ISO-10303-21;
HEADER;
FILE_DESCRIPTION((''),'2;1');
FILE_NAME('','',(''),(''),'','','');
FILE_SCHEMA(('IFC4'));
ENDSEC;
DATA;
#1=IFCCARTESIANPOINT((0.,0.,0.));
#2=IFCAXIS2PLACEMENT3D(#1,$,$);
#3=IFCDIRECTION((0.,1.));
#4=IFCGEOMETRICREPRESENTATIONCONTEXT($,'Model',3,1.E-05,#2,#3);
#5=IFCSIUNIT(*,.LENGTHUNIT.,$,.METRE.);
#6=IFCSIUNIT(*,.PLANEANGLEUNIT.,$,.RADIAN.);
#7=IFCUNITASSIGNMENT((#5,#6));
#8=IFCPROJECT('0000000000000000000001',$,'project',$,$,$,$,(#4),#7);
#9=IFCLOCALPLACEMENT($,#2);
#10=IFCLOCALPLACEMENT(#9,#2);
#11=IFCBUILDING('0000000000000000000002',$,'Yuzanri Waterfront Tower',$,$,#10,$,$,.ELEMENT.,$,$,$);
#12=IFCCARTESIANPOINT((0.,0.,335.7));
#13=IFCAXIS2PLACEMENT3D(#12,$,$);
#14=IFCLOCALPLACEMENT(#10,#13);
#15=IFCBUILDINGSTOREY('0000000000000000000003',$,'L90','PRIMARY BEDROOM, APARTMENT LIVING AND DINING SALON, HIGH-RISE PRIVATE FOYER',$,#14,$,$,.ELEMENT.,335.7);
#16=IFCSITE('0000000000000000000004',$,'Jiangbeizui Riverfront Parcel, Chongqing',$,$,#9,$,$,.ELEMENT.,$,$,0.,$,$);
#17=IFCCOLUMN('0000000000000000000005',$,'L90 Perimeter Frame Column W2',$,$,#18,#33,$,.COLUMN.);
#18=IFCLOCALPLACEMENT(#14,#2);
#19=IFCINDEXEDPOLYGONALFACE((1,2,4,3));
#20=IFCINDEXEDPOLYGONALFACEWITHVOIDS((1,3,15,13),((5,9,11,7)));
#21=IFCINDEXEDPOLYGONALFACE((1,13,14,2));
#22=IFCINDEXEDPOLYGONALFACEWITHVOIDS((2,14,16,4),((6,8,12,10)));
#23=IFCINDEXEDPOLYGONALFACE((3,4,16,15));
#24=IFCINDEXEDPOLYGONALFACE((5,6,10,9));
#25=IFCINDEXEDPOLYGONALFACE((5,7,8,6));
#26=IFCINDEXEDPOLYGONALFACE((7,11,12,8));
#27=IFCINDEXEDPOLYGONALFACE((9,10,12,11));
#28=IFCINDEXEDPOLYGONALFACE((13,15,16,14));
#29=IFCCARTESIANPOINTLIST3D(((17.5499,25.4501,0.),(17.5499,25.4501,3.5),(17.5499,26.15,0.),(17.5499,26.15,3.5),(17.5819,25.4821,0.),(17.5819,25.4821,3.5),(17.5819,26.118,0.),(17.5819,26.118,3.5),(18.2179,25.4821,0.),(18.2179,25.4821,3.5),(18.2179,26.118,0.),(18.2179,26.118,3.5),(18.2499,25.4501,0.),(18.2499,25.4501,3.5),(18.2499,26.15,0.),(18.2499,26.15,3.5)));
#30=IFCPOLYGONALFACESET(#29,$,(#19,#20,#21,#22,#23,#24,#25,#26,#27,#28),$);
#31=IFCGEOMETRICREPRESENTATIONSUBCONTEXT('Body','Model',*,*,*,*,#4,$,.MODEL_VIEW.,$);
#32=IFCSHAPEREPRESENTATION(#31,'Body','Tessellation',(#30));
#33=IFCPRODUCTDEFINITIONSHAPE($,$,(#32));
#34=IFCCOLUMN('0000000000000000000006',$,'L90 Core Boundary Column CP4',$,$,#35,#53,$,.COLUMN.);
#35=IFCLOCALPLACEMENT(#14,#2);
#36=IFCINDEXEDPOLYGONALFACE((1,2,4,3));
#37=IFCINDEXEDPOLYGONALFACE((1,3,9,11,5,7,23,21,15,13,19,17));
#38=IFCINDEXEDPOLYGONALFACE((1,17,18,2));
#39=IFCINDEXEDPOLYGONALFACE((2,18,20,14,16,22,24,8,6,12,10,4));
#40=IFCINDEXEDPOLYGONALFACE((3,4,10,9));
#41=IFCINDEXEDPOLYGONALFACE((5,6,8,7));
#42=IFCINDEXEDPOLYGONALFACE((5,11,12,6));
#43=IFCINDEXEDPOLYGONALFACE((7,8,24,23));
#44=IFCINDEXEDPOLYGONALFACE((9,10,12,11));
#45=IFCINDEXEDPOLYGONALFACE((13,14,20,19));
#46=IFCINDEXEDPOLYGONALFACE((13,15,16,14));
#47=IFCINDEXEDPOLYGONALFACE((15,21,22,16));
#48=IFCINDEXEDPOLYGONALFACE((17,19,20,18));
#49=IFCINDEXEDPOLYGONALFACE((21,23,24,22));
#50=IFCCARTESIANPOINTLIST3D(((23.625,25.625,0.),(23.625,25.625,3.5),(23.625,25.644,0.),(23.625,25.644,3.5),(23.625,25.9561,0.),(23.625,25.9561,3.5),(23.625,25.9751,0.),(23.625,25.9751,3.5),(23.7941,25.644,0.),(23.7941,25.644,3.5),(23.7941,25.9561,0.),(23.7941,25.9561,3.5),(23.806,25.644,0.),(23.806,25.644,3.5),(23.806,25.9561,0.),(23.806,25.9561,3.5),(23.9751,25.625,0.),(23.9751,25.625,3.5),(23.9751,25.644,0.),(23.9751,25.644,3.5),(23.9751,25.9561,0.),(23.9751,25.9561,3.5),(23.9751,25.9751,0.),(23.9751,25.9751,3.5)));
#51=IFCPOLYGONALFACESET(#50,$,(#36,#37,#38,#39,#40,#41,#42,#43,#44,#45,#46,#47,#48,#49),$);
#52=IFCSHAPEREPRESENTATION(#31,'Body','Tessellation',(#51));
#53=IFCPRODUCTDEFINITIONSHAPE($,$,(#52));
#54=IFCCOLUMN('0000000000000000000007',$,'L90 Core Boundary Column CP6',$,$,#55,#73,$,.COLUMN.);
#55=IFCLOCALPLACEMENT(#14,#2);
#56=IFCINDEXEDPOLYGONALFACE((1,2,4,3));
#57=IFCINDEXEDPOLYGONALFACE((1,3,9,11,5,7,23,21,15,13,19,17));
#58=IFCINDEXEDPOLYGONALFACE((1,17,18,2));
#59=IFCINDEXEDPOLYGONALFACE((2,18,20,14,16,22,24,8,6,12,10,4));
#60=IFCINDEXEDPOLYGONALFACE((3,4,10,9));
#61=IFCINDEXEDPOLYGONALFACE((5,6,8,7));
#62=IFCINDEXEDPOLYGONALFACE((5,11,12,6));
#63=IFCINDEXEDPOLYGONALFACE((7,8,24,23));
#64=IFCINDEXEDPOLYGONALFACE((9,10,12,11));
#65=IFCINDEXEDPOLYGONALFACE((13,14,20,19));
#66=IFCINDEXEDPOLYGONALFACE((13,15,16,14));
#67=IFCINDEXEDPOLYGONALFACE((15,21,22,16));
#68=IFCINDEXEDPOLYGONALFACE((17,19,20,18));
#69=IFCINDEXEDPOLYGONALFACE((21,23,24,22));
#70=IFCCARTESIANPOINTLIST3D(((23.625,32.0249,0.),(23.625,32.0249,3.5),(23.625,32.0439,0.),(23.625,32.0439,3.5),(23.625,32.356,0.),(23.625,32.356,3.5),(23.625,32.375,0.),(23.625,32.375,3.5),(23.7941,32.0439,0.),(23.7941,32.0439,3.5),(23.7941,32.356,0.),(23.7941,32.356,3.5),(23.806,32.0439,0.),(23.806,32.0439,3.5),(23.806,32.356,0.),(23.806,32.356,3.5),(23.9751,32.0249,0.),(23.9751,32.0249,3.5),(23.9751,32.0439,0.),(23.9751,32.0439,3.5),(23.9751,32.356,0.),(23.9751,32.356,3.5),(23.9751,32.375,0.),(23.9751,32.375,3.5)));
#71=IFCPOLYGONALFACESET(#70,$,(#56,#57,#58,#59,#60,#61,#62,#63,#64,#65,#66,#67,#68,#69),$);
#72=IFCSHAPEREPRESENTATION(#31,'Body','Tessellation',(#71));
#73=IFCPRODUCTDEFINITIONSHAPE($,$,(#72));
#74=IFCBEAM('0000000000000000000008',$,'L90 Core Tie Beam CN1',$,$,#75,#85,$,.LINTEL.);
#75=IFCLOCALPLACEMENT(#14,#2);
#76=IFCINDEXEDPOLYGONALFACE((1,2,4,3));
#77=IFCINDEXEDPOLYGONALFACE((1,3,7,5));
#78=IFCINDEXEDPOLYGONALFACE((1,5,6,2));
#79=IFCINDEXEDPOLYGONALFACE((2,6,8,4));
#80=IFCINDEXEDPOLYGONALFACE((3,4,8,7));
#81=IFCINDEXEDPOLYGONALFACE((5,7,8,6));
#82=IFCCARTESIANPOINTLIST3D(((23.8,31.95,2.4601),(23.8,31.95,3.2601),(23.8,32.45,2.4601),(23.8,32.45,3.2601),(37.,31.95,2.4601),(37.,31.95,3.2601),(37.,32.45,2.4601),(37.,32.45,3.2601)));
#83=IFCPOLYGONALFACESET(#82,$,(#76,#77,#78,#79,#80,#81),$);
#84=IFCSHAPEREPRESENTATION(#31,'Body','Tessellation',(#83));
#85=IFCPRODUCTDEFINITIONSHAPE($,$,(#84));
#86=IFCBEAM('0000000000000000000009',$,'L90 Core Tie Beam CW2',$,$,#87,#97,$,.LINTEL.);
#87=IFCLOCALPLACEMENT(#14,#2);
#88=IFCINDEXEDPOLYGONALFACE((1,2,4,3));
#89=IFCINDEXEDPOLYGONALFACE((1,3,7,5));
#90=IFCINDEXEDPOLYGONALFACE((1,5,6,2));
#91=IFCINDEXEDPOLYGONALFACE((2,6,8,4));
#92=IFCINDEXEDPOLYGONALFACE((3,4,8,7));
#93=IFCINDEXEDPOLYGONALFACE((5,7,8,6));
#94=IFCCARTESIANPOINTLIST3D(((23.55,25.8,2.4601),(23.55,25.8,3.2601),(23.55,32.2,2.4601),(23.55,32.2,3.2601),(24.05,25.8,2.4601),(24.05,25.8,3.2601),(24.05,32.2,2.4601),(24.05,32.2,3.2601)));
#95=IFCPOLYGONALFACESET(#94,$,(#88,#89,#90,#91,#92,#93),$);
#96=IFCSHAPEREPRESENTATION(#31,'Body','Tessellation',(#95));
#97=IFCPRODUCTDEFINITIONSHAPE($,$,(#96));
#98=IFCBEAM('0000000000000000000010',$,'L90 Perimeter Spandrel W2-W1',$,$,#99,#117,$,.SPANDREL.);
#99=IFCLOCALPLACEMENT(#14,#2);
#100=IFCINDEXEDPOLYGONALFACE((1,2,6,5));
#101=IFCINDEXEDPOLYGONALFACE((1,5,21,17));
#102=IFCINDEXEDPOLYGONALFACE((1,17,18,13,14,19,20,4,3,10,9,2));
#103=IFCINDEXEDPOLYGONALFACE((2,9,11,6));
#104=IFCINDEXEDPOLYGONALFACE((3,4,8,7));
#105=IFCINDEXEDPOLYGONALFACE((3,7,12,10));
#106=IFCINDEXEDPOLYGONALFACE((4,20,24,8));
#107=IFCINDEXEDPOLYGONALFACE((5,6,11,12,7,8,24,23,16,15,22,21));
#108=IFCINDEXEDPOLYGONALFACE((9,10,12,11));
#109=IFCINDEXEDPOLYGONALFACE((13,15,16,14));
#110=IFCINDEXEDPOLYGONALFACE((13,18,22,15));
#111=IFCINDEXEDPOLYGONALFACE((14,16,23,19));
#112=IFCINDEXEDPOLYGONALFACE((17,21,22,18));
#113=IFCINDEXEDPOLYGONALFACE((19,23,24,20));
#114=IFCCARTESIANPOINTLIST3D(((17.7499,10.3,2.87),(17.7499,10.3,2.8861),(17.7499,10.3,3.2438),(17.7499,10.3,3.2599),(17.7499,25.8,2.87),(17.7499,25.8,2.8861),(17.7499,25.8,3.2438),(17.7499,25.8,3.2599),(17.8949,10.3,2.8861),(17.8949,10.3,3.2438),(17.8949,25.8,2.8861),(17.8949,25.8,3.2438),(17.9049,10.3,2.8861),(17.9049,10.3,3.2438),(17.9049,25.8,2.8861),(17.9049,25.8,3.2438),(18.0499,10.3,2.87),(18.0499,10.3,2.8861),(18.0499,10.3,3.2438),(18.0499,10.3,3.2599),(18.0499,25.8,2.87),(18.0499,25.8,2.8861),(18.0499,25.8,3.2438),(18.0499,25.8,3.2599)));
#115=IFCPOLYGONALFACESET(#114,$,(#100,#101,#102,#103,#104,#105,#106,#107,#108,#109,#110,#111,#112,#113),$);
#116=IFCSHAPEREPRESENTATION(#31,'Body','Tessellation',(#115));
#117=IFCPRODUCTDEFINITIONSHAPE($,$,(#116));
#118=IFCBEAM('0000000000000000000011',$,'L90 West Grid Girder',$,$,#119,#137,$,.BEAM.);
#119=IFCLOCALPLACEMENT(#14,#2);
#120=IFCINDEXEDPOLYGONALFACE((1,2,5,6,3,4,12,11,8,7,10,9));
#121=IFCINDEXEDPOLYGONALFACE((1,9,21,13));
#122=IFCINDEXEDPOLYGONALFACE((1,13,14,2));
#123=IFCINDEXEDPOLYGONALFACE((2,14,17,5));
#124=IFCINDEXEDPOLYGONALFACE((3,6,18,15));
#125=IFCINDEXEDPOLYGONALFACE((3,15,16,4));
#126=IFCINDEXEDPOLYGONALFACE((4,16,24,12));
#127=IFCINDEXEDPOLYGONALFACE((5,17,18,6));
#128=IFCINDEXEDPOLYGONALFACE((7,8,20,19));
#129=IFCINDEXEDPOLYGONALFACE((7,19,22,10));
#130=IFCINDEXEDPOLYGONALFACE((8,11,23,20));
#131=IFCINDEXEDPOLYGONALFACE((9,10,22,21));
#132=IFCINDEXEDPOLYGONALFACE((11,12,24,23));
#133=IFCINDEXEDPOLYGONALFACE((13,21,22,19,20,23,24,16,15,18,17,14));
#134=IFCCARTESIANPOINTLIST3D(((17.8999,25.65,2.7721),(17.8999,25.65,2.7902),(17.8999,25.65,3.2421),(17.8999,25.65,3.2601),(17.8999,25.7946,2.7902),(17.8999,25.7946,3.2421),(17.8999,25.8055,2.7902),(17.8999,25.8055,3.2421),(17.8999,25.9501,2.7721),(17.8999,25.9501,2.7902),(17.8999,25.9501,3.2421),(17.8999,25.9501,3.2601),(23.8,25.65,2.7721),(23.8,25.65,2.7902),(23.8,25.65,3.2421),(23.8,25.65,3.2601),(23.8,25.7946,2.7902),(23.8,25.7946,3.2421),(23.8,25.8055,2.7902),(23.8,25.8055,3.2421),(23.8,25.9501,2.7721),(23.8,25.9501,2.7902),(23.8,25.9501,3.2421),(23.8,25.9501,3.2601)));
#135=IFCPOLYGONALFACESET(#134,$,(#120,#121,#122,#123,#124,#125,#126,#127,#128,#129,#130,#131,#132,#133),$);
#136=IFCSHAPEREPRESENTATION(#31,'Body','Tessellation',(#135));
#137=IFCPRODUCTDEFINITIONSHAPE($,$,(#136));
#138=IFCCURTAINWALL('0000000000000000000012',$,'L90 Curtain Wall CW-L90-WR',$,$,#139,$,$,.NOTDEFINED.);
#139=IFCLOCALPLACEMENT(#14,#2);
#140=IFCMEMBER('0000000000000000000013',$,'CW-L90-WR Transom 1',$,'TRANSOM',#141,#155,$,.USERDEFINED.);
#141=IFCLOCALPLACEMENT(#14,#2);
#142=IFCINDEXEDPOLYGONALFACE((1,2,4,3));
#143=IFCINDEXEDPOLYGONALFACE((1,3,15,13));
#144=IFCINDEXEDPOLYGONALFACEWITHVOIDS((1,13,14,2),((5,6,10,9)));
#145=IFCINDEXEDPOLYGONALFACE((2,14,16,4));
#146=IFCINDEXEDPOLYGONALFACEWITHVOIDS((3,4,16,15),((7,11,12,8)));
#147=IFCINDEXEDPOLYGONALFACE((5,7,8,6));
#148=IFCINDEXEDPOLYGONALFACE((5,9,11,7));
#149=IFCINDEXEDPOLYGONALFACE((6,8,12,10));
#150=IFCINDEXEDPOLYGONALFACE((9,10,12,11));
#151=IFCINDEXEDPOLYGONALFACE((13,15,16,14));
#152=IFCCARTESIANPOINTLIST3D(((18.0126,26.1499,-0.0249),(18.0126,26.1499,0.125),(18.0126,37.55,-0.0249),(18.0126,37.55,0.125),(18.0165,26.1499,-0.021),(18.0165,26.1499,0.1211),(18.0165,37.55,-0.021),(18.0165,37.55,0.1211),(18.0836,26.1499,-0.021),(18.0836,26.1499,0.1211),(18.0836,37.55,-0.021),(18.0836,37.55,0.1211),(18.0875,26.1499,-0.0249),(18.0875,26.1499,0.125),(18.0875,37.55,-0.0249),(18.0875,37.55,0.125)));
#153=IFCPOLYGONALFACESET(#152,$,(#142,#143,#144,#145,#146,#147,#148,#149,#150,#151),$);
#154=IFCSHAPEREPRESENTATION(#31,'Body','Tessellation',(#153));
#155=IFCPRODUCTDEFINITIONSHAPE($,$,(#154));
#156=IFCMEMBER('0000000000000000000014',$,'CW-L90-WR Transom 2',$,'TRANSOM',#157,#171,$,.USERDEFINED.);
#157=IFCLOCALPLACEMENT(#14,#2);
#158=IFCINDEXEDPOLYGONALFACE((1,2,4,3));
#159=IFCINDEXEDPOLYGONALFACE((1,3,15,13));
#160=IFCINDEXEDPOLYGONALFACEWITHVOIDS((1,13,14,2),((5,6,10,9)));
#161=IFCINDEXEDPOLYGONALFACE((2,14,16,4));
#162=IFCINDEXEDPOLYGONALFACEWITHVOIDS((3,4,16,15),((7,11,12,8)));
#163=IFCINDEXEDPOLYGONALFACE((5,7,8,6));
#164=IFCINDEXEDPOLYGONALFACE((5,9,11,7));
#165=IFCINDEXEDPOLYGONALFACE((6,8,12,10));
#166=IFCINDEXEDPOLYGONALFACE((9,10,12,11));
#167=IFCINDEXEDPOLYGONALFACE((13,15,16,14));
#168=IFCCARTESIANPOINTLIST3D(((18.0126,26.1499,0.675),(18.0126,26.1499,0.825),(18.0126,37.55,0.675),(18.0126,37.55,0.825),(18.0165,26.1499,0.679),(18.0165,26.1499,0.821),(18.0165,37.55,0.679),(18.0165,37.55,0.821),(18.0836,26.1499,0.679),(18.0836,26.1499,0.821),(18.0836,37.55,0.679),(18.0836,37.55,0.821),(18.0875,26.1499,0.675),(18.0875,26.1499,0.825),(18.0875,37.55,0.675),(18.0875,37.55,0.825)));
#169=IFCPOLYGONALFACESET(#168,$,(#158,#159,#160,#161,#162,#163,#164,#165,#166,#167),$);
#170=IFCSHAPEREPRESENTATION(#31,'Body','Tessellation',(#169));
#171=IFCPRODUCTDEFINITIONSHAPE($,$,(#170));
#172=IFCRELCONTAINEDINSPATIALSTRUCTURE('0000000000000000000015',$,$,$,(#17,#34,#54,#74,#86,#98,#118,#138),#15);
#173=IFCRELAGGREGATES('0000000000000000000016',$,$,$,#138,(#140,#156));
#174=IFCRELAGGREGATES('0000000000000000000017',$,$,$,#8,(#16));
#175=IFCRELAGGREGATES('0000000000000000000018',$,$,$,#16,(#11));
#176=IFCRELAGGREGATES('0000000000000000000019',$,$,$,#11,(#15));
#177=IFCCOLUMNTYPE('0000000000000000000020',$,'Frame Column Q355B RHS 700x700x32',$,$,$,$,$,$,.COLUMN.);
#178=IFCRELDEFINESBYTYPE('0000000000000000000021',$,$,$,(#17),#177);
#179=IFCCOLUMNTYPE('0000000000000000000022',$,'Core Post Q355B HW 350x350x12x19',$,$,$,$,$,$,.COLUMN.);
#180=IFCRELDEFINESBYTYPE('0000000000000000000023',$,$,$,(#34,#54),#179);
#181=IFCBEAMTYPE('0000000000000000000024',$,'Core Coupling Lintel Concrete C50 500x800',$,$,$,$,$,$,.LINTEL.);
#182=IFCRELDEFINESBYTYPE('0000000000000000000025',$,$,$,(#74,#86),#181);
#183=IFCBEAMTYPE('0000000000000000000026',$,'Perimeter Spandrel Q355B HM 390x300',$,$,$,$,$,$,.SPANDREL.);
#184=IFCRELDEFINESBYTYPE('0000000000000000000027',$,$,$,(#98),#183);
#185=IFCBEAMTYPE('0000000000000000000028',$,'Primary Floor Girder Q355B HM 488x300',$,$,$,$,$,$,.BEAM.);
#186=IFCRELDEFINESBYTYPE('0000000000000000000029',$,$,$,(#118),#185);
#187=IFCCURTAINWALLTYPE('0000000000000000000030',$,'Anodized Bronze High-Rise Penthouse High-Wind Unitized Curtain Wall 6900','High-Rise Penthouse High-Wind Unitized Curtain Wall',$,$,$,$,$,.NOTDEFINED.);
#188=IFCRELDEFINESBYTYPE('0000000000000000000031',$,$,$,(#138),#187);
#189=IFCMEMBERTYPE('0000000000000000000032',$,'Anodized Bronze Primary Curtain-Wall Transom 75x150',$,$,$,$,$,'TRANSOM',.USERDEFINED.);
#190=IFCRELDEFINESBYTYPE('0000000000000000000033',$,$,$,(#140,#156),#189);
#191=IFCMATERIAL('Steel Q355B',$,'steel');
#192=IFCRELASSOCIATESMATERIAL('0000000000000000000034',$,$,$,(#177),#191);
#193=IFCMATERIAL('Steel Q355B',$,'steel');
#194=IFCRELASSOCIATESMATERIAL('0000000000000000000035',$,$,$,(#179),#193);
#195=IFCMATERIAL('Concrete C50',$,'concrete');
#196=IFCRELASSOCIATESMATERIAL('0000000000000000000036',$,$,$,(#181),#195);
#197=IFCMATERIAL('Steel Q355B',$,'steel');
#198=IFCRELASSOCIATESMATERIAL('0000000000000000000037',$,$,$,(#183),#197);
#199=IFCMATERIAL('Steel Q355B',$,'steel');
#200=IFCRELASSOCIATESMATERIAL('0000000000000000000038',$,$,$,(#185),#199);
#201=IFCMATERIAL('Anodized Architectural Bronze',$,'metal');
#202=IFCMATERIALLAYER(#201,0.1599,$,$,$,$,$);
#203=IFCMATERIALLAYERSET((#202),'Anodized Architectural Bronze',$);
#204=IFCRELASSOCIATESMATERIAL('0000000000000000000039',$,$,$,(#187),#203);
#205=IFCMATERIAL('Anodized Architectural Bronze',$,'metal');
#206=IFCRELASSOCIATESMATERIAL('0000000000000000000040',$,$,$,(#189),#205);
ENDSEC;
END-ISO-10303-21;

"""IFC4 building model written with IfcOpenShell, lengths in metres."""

from ifc_helpers import new_model, si_unit, direction, frame, origin, origin_2d, place, context, subcontext, project, spatial, rectangle, hollow_rectangle, i_section, extrude, source, transform, mapped, material, layer, layer_set, material_profile, profile_set, type_object, element, aggregate, save


model = new_model("IFC4")

# Units and contexts
model_context = context("Model", 3, precision=1e-05, world=origin(), true_north=direction((0.0, 1.0)))
body_context = subcontext(model_context, "Body", "Model", "MODEL_VIEW")
ifc_project = project(units=[si_unit("LENGTHUNIT", "METRE"), si_unit("PLANEANGLEUNIT", "RADIAN")], contexts=[model_context])

# Site, building, storey
site_placement = place(None, origin())
site = spatial("IfcSite", under=ifc_project, at=site_placement, Name="Jiangbeizui Riverfront Parcel, Chongqing", CompositionType="ELEMENT", RefElevation=0.0)
building_placement = place(site_placement, origin())
building = spatial("IfcBuilding", under=site, at=building_placement, Name="Yuzanri Waterfront Tower", CompositionType="ELEMENT")
storey_placement = place(building_placement, frame((0.0, 0.0, 335.7)))
storey = spatial("IfcBuildingStorey", under=building, at=storey_placement, Name="L90", Description="PRIMARY BEDROOM, APARTMENT LIVING AND DINING SALON, HIGH-RISE PRIVATE FOYER", CompositionType="ELEMENT", Elevation=335.7)

# Columns
ifc_material_1 = material(Name="Steel Q355B", Category="steel")
ifc_material_profile_1 = material_profile(ifc_material_1, hollow_rectangle(XDim=0.7, YDim=0.7, WallThickness=0.032, at=origin_2d()), Name="RHS 700x700x32")
ifc_profile_set_1 = profile_set([ifc_material_profile_1], Name="Steel Q355B")
column_type_1 = type_object("IfcColumnType", Name="Frame Column Q355B RHS 700x700x32", PredefinedType="COLUMN", material=ifc_profile_set_1)
shared_shape_1 = source(origin(), body_context, "Body", "SweptSolid", [
    extrude(hollow_rectangle(XDim=0.7, YDim=0.7, WallThickness=0.032, at=origin_2d()), origin(), (0.0, 0.0, 1.0), 3.5),
])
column_placement = place(storey_placement, frame((17.8999, 25.8, 0.0), z_axis=(0.0, 0.0, 1.0), x_axis=(1.0, 0.0, 0.0)))
element("IfcColumn", 1, at=column_placement, inside=storey, type_object=column_type_1, Name="L90 Perimeter Frame Column W2", PredefinedType="COLUMN", context=body_context, shape_type="MappedRepresentation", body=[
    mapped(shared_shape_1, transform((0.0, 0.0, 0.0), scale=1.0)),
])
ifc_material_2 = material(Name="Steel Q355B", Category="steel")
ifc_material_profile_2 = material_profile(ifc_material_2, i_section(OverallWidth=0.3501, OverallDepth=0.3501, WebThickness=0.012, FlangeThickness=0.019, at=origin_2d()), Name="HW 350x350x12x19")
ifc_profile_set_2 = profile_set([ifc_material_profile_2], Name="Steel Q355B")
column_type_2 = type_object("IfcColumnType", Name="Core Post Q355B HW 350x350x12x19", PredefinedType="COLUMN", material=ifc_profile_set_2)
shared_shape_2 = source(origin(), body_context, "Body", "SweptSolid", [
    extrude(i_section(OverallWidth=0.3501, OverallDepth=0.3501, WebThickness=0.012, FlangeThickness=0.019, at=origin_2d()), origin(), (0.0, 0.0, 1.0), 3.5),
])
for number, where, z_axis, x_axis, name in (
    (2, (23.8, 25.8, 0.0), (0.0, 0.0, 1.0), (1.0, 0.0, 0.0), "L90 Core Boundary Column CP4"),
    (3, (23.8, 32.2, 0.0), (0.0, 0.0, 1.0), (1.0, 0.0, 0.0), "L90 Core Boundary Column CP6"),
):
    element("IfcColumn", number, at=place(storey_placement, frame(where, z_axis=z_axis, x_axis=x_axis)), inside=storey, type_object=column_type_2, Name=name, PredefinedType="COLUMN", context=body_context, shape_type="MappedRepresentation", body=[
        mapped(shared_shape_2, transform((0.0, 0.0, 0.0), scale=1.0)),
    ])

# Beams
ifc_material_3 = material(Name="Concrete C50", Category="concrete")
ifc_material_profile_3 = material_profile(ifc_material_3, rectangle(XDim=0.5, YDim=0.8, at=origin_2d()), Name="RC 500x800")
ifc_profile_set_3 = profile_set([ifc_material_profile_3], Name="Concrete C50")
beam_type_1 = type_object("IfcBeamType", Name="Core Coupling Lintel Concrete C50 500x800", PredefinedType="LINTEL", material=ifc_profile_set_3)
shared_shape_3 = source(origin(), body_context, "Body", "SweptSolid", [
    extrude(rectangle(XDim=0.5, YDim=0.8, at=origin_2d()), origin(), (0.0, 0.0, 1.0), 13.2),
])
beam_1_placement = place(storey_placement, frame((23.8, 32.2, 2.8601), z_axis=(1.0, 0.0, 0.0), x_axis=(0.0, 1.0, 0.0)))
element("IfcBeam", 4, at=beam_1_placement, inside=storey, type_object=beam_type_1, Name="L90 Core Tie Beam CN1", PredefinedType="LINTEL", context=body_context, shape_type="MappedRepresentation", body=[
    mapped(shared_shape_3, transform((0.0, 0.0, 0.0), scale=1.0)),
])
shared_shape_4 = source(origin(), body_context, "Body", "SweptSolid", [
    extrude(rectangle(XDim=0.5, YDim=0.8, at=origin_2d()), origin(), (0.0, 0.0, 1.0), 6.3999),
])
beam_2_placement = place(storey_placement, frame((23.8, 25.8, 2.8601), z_axis=(0.0, 1.0, 0.0), x_axis=(-1.0, 0.0, 0.0)))
element("IfcBeam", 5, at=beam_2_placement, inside=storey, type_object=beam_type_1, Name="L90 Core Tie Beam CW2", PredefinedType="LINTEL", context=body_context, shape_type="MappedRepresentation", body=[
    mapped(shared_shape_4, transform((0.0, 0.0, 0.0), scale=1.0)),
])
ifc_material_4 = material(Name="Steel Q355B", Category="steel")
ifc_material_profile_4 = material_profile(ifc_material_4, i_section(OverallWidth=0.3, OverallDepth=0.3899, WebThickness=0.01, FlangeThickness=0.0161, at=origin_2d()), Name="HM 390x300x10x16")
ifc_profile_set_4 = profile_set([ifc_material_profile_4], Name="Steel Q355B")
beam_type_2 = type_object("IfcBeamType", Name="Perimeter Spandrel Q355B HM 390x300", PredefinedType="SPANDREL", material=ifc_profile_set_4)
shared_shape_5 = source(origin(), body_context, "Body", "SweptSolid", [
    extrude(i_section(OverallWidth=0.3, OverallDepth=0.3899, WebThickness=0.01, FlangeThickness=0.0161, at=origin_2d()), origin(), (0.0, 0.0, 1.0), 15.5),
])
beam_3_placement = place(storey_placement, frame((17.8999, 25.8, 3.0649), z_axis=(0.0, -1.0, 0.0), x_axis=(1.0, 0.0, 0.0)))
element("IfcBeam", 6, at=beam_3_placement, inside=storey, type_object=beam_type_2, Name="L90 Perimeter Spandrel W2-W1", PredefinedType="SPANDREL", context=body_context, shape_type="MappedRepresentation", body=[
    mapped(shared_shape_5, transform((0.0, 0.0, 0.0), scale=1.0)),
])
ifc_material_5 = material(Name="Steel Q355B", Category="steel")
ifc_material_profile_5 = material_profile(ifc_material_5, i_section(OverallWidth=0.3, OverallDepth=0.488, WebThickness=0.011, FlangeThickness=0.0181, at=origin_2d()), Name="HM 488x300x11x18")
ifc_profile_set_5 = profile_set([ifc_material_profile_5], Name="Steel Q355B")
beam_type_3 = type_object("IfcBeamType", Name="Primary Floor Girder Q355B HM 488x300", PredefinedType="BEAM", material=ifc_profile_set_5)
shared_shape_6 = source(origin(), body_context, "Body", "SweptSolid", [
    extrude(i_section(OverallWidth=0.3, OverallDepth=0.488, WebThickness=0.011, FlangeThickness=0.0181, at=origin_2d()), origin(), (0.0, 0.0, 1.0), 5.9001),
])
beam_4_placement = place(storey_placement, frame((23.8, 25.8, 3.0161), z_axis=(-1.0, 0.0, 0.0), x_axis=(0.0, -1.0, 0.0)))
element("IfcBeam", 7, at=beam_4_placement, inside=storey, type_object=beam_type_3, Name="L90 West Grid Girder", PredefinedType="BEAM", context=body_context, shape_type="MappedRepresentation", body=[
    mapped(shared_shape_6, transform((0.0, 0.0, 0.0), scale=1.0)),
])

# Curtain wall, members
ifc_material_6 = material(Name="Anodized Architectural Bronze", Category="metal")
ifc_layer_1 = layer(ifc_material_6, 0.1599)
ifc_layer_set_1 = layer_set([ifc_layer_1], Name="Anodized Architectural Bronze")
curtain_wall_type = type_object("IfcCurtainWallType", Name="Anodized Bronze High-Rise Penthouse High-Wind Unitized Curtain Wall 6900", Description="High-Rise Penthouse High-Wind Unitized Curtain Wall", PredefinedType="NOTDEFINED", material=ifc_layer_set_1)
curtain_wall_1_placement = place(storey_placement, origin())
curtain_wall_1 = element("IfcCurtainWall", 8, at=curtain_wall_1_placement, inside=storey, type_object=curtain_wall_type, Name="L90 Curtain Wall CW-L90-WR", PredefinedType="NOTDEFINED")
ifc_material_7 = material(Name="Anodized Architectural Bronze", Category="metal")
ifc_material_profile_6 = material_profile(ifc_material_7, hollow_rectangle(XDim=0.075, YDim=0.1499, WallThickness=0.0039, at=origin_2d()), Name="CWT 75x150")
ifc_profile_set_6 = profile_set([ifc_material_profile_6], Name="Anodized Architectural Bronze")
member_type_1 = type_object("IfcMemberType", Name="Anodized Bronze Primary Curtain-Wall Transom 75x150", ElementType="TRANSOM", PredefinedType="USERDEFINED", material=ifc_profile_set_6)
shared_shape_7 = source(origin(), body_context, "Body", "SweptSolid", [
    extrude(hollow_rectangle(XDim=0.075, YDim=0.1499, WallThickness=0.0039, at=origin_2d()), origin(), (0.0, 0.0, 1.0), 11.4001),
])
member_1_placement = place(storey_placement, frame((18.05, 26.1499, 0.05), z_axis=(0.0, 1.0, 0.0), x_axis=(-1.0, 0.0, 0.0)))
member_1 = element("IfcMember", 9, at=member_1_placement, type_object=member_type_1, Name="CW-L90-WR Transom 1", ObjectType="TRANSOM", PredefinedType="USERDEFINED", context=body_context, shape_type="MappedRepresentation", body=[
    mapped(shared_shape_7, transform((0.0, 0.0, 0.0), scale=1.0)),
])
member_2_placement = place(storey_placement, frame((18.05, 26.1499, 0.75), z_axis=(0.0, 1.0, 0.0), x_axis=(-1.0, 0.0, 0.0)))
member_2 = element("IfcMember", 10, at=member_2_placement, type_object=member_type_1, Name="CW-L90-WR Transom 2", ObjectType="TRANSOM", PredefinedType="USERDEFINED", context=body_context, shape_type="MappedRepresentation", body=[
    mapped(shared_shape_7, transform((0.0, 0.0, 0.0), scale=1.0)),
])

aggregate(curtain_wall_1, [member_1, member_2])

save(model, "model.ifc")
